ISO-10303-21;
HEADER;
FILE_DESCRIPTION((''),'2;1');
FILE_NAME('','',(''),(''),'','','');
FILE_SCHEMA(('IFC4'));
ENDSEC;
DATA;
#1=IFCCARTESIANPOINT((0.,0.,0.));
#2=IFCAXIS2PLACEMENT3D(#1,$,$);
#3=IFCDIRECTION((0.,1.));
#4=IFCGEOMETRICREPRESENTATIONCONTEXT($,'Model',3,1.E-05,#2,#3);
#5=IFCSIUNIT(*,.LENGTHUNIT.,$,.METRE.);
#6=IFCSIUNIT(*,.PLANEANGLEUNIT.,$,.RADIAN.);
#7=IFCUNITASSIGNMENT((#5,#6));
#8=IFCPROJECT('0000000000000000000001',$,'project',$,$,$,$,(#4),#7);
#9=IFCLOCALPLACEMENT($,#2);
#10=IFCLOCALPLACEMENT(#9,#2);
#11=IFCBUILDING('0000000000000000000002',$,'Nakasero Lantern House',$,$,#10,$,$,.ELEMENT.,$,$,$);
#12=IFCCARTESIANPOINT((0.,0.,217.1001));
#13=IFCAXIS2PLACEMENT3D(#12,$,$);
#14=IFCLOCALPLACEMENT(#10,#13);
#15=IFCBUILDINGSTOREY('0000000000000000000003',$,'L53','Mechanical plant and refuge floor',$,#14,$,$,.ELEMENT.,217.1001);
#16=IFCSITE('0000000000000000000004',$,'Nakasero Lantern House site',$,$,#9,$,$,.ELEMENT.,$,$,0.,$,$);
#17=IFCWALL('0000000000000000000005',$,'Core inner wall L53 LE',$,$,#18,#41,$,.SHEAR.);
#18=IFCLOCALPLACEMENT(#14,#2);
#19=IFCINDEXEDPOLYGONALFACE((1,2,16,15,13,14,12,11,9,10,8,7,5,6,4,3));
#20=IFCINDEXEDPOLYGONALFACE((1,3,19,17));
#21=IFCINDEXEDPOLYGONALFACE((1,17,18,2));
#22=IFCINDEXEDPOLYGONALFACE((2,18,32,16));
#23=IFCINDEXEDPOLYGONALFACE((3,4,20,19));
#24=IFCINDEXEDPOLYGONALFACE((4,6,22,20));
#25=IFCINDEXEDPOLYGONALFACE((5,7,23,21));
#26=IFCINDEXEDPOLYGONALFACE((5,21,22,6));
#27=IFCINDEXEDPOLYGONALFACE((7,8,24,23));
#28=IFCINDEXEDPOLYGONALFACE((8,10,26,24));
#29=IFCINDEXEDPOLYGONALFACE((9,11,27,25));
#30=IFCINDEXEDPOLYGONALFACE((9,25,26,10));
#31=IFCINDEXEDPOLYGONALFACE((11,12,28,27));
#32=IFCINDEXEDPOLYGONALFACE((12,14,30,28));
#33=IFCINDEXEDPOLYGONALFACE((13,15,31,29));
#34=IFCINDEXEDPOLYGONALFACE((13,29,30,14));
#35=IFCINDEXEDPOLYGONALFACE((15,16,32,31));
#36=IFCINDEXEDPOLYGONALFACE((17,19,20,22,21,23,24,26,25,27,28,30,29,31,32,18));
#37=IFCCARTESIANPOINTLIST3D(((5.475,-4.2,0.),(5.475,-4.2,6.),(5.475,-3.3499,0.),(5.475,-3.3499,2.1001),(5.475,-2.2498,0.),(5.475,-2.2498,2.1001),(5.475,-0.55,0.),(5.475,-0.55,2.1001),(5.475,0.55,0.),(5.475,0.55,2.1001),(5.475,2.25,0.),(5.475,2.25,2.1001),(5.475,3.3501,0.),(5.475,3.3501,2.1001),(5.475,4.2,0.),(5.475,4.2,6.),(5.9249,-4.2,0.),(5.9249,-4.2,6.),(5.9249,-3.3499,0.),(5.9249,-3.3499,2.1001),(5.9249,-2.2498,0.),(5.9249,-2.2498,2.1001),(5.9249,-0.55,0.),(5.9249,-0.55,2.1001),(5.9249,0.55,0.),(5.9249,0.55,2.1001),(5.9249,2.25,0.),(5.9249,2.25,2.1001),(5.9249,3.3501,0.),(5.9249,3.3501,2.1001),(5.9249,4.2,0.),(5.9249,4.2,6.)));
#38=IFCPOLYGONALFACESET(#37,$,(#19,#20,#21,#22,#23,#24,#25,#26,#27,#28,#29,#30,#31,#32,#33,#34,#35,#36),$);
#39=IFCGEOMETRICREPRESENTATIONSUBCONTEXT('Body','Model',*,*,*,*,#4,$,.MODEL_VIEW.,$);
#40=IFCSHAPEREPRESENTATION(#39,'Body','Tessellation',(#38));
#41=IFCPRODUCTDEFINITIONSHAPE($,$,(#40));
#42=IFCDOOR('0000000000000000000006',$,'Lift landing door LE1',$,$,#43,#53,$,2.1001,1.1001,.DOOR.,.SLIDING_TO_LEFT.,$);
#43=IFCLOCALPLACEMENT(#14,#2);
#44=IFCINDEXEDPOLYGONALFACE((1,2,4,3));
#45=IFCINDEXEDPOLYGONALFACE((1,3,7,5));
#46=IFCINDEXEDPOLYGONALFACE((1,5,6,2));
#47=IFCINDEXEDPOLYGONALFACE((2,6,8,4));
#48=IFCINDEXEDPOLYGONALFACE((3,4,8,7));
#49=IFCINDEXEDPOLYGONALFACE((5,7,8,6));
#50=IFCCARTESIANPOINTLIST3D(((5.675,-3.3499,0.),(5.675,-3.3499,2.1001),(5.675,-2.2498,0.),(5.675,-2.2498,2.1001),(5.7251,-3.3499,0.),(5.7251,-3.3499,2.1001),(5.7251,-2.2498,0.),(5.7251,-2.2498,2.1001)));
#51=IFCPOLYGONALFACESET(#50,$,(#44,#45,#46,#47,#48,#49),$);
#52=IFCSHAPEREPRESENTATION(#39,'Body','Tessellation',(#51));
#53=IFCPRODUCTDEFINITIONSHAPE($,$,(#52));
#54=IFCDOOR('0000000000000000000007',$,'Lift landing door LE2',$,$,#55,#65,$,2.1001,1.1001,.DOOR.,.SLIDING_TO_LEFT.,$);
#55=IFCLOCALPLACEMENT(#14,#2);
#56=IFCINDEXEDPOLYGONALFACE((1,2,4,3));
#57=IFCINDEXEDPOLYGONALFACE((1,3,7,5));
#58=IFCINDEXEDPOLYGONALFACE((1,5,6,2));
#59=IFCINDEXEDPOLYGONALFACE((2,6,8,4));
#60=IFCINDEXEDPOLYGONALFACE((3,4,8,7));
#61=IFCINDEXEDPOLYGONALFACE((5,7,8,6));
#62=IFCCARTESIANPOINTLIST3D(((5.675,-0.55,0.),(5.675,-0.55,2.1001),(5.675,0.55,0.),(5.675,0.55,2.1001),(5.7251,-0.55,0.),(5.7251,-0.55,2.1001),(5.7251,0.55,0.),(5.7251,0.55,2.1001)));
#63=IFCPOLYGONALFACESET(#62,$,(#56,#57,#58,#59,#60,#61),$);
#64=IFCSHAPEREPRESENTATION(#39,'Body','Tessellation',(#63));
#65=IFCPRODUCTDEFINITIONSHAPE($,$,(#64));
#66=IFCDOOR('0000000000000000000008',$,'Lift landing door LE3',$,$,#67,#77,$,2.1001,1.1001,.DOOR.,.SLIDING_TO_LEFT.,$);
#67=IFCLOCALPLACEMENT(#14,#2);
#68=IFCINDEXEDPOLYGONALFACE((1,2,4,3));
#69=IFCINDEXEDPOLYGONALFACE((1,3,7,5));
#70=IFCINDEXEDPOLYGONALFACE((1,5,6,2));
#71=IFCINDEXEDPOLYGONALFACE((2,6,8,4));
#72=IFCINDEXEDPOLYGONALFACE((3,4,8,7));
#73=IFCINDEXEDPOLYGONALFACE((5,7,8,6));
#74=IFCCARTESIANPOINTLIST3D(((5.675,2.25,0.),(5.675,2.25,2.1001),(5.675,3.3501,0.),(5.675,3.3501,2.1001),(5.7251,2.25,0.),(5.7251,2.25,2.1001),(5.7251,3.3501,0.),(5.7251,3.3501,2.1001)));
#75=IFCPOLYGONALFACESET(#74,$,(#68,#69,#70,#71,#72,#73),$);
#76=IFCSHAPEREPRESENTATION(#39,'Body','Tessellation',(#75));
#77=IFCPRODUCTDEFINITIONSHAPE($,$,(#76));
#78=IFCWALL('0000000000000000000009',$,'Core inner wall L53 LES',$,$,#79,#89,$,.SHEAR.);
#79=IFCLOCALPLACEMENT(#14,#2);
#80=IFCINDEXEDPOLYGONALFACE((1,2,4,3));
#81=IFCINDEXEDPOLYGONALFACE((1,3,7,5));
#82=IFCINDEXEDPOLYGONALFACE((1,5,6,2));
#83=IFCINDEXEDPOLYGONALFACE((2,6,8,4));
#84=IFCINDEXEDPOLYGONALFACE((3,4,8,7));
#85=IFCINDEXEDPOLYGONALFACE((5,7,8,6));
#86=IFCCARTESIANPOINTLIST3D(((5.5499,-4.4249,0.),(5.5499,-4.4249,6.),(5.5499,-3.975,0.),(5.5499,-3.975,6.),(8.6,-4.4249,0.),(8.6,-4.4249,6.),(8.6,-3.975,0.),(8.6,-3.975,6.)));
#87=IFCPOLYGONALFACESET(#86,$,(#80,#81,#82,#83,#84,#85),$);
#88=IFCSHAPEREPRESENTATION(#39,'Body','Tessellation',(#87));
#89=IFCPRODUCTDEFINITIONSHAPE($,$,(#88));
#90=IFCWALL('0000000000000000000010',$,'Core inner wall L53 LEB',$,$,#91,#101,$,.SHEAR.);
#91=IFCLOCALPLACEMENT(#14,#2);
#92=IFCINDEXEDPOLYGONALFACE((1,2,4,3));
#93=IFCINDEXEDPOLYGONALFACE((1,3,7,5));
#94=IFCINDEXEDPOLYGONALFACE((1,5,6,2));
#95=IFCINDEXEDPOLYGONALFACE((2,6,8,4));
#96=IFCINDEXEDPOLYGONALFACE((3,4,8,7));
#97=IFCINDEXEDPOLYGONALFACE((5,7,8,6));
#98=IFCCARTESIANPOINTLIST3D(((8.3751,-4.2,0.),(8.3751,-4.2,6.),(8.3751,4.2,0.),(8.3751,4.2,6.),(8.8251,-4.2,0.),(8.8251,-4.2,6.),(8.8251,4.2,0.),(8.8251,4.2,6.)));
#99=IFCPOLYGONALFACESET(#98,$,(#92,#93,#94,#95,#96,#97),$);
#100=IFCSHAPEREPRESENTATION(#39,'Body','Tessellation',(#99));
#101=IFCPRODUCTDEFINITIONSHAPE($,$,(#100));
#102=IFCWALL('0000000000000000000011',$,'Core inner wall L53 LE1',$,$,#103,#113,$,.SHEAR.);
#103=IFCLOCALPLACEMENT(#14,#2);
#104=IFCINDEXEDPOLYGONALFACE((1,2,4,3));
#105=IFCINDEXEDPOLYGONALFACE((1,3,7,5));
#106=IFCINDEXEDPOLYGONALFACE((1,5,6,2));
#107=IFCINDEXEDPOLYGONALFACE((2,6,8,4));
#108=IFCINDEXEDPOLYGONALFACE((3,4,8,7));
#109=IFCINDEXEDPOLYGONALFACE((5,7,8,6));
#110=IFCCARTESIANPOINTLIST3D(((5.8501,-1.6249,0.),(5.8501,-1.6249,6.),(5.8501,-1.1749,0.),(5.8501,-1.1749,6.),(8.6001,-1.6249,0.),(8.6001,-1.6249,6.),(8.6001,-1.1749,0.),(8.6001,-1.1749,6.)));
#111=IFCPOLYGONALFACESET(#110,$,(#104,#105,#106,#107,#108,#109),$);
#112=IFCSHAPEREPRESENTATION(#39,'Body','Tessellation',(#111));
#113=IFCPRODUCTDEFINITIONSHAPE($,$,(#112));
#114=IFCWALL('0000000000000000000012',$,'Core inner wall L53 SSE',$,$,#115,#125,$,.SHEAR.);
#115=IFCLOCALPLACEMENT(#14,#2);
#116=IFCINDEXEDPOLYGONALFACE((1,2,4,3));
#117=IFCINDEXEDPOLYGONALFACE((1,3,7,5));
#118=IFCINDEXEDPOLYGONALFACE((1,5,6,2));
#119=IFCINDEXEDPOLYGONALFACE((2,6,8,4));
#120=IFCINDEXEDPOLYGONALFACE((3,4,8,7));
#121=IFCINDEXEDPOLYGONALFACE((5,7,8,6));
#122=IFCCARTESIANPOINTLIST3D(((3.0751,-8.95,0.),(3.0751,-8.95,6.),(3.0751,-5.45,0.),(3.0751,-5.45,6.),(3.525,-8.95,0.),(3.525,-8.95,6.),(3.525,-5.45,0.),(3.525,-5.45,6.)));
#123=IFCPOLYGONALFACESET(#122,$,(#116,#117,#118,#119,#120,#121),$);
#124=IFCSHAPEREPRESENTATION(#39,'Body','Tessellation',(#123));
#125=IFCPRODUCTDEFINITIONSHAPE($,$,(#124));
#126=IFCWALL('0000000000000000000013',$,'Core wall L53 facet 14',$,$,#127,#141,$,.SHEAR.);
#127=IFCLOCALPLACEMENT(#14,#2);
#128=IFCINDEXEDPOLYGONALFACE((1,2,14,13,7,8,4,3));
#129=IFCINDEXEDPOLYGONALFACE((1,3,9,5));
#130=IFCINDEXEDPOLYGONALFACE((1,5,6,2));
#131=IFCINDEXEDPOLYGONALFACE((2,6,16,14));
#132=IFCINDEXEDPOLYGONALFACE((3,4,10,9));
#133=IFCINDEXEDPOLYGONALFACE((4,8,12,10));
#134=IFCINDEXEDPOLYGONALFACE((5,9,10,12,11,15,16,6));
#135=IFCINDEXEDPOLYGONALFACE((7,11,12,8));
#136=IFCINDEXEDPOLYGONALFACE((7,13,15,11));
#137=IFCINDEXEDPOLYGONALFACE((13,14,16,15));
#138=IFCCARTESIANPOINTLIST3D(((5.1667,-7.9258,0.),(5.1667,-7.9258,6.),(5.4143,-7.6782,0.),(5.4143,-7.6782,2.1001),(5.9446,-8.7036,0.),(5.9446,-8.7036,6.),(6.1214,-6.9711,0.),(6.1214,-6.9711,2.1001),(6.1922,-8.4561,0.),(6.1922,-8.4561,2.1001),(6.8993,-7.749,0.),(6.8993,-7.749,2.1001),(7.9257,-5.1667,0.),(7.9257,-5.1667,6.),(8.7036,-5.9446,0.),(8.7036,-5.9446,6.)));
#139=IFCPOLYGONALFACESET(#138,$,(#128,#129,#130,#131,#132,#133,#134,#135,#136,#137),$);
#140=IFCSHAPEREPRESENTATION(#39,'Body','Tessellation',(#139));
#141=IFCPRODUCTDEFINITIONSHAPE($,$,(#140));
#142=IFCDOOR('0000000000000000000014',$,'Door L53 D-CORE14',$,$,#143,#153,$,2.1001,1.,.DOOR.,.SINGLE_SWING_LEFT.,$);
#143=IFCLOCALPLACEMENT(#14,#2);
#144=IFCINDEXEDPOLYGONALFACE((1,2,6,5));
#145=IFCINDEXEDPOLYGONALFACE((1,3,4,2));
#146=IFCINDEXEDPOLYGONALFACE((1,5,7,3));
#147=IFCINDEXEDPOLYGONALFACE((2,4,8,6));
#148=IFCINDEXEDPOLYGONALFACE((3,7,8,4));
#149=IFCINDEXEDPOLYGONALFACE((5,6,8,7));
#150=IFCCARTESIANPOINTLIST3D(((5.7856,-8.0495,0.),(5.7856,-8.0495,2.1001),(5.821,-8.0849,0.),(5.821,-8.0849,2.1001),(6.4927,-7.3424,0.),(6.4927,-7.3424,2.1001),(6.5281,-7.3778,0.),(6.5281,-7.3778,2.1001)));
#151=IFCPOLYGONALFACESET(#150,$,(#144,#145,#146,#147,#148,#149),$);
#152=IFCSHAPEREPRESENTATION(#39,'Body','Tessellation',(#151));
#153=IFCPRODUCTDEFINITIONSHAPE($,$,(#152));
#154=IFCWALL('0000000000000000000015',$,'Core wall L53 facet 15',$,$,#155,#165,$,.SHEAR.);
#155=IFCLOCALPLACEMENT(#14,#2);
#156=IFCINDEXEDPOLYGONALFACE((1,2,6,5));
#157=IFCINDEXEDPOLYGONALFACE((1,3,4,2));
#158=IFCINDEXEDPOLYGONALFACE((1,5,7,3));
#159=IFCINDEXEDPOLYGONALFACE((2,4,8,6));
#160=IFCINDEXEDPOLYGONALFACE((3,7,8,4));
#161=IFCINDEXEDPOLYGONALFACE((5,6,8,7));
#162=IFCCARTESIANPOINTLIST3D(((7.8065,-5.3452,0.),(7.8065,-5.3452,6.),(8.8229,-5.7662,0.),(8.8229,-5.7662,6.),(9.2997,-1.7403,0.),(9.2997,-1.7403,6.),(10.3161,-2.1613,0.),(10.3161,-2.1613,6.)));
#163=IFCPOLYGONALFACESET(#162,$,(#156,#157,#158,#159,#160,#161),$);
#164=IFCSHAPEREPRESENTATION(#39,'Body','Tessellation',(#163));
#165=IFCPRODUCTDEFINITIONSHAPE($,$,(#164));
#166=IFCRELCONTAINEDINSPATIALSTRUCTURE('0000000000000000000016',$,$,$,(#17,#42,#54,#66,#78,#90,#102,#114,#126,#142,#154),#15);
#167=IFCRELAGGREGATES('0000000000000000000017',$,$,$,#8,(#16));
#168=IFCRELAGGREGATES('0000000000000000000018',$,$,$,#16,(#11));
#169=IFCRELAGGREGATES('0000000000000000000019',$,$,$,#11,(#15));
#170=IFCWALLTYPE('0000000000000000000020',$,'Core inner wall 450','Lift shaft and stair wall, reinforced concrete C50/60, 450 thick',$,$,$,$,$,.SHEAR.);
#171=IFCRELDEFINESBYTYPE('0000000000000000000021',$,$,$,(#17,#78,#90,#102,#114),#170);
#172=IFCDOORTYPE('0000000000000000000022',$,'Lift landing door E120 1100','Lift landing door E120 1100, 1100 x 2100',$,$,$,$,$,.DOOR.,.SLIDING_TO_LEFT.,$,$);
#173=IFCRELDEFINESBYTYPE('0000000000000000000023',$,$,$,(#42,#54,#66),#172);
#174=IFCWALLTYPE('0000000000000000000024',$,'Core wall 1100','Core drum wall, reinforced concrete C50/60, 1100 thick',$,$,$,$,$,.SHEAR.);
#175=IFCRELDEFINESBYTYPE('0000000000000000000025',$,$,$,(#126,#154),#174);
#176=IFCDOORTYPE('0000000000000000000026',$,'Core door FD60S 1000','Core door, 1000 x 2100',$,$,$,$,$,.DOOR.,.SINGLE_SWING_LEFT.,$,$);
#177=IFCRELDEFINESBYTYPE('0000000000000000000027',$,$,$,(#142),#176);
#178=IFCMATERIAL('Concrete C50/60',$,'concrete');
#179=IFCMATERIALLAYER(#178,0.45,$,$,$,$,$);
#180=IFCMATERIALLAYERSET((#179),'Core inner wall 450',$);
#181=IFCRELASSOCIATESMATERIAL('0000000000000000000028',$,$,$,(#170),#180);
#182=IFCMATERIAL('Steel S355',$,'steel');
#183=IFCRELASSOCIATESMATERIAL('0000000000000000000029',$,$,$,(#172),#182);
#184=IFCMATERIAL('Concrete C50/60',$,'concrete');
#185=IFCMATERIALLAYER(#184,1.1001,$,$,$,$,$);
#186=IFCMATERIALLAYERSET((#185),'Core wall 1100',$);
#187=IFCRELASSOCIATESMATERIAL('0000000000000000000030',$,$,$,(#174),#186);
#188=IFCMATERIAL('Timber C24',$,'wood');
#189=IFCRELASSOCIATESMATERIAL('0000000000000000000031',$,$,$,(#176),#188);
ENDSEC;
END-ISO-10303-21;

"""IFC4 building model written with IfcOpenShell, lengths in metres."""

from ifc_helpers import new_model, si_unit, direction, frame, frame_2d, origin, place, context, subcontext, project, spatial, rectangle, extrude, material, layer, layer_set, type_object, element, fill, save


model = new_model("IFC4")

# Units and contexts
model_context = context("Model", 3, precision=1e-05, world=origin(), true_north=direction((0.0, 1.0)))
body_context = subcontext(model_context, "Body", "Model", "MODEL_VIEW")
ifc_project = project(units=[si_unit("LENGTHUNIT", "METRE"), si_unit("PLANEANGLEUNIT", "RADIAN")], contexts=[model_context])

# Site, building, storey
site_placement = place(None, origin())
site = spatial("IfcSite", under=ifc_project, at=site_placement, Name="Nakasero Lantern House site", CompositionType="ELEMENT", RefElevation=0.0)
building_placement = place(site_placement, origin())
building = spatial("IfcBuilding", under=site, at=building_placement, Name="Nakasero Lantern House", CompositionType="ELEMENT")
storey_placement = place(building_placement, frame((0.0, 0.0, 217.1001)))
storey = spatial("IfcBuildingStorey", under=building, at=storey_placement, Name="L53", Description="Mechanical plant and refuge floor", CompositionType="ELEMENT", Elevation=217.1001)

# Wall, openings, doors
ifc_material_1 = material(Name="Concrete C50/60", Category="concrete")
ifc_layer_1 = layer(ifc_material_1, 0.45)
ifc_layer_set_1 = layer_set([ifc_layer_1], Name="Core inner wall 450")
wall_type_1 = type_object("IfcWallType", Name="Core inner wall 450", Description="Lift shaft and stair wall, reinforced concrete C50/60, 450 thick", PredefinedType="SHEAR", material=ifc_layer_set_1)
wall_1_placement = place(storey_placement, frame((5.7, -4.2, 0.0), z_axis=(0.0, 0.0, 1.0), x_axis=(0.0, 1.0, 0.0)))
wall_1 = element("IfcWall", 1, at=wall_1_placement, inside=storey, type_object=wall_type_1, Name="Core inner wall L53 LE", PredefinedType="SHEAR", context=body_context, shape_type="SweptSolid", body=[
    extrude(rectangle(XDim=8.3999, YDim=0.45, at=frame_2d((4.2, 0.0))), origin(), (0.0, 0.0, 1.0), 6.0),
])
opening_1_placement = place(wall_1_placement, frame((0.8501, 0.0, 0.0)))
opening_1 = element("IfcOpeningElement", 2, at=opening_1_placement, cuts=wall_1, PredefinedType="OPENING", context=body_context, shape_type="SweptSolid", body=[
    extrude(rectangle(XDim=1.1001, YDim=2.1001, at=frame_2d((0.55, 1.05))), frame((0.0, 0.2449, 0.0), z_axis=(0.0, -1.0, 0.0), x_axis=(1.0, 0.0, 0.0)), (0.0, 0.0, 1.0), 0.49),
])
opening_2_placement = place(wall_1_placement, frame((3.6499, 0.0, 0.0)))
opening_2 = element("IfcOpeningElement", 3, at=opening_2_placement, cuts=wall_1, PredefinedType="OPENING", context=body_context, shape_type="SweptSolid", body=[
    extrude(rectangle(XDim=1.1001, YDim=2.1001, at=frame_2d((0.55, 1.05))), frame((0.0, 0.2449, 0.0), z_axis=(0.0, -1.0, 0.0), x_axis=(1.0, 0.0, 0.0)), (0.0, 0.0, 1.0), 0.49),
])
opening_3_placement = place(wall_1_placement, frame((6.45, 0.0, 0.0)))
opening_3 = element("IfcOpeningElement", 4, at=opening_3_placement, cuts=wall_1, PredefinedType="OPENING", context=body_context, shape_type="SweptSolid", body=[
    extrude(rectangle(XDim=1.1001, YDim=2.1001, at=frame_2d((0.55, 1.05))), frame((0.0, 0.2449, 0.0), z_axis=(0.0, -1.0, 0.0), x_axis=(1.0, 0.0, 0.0)), (0.0, 0.0, 1.0), 0.49),
])
ifc_material_2 = material(Name="Steel S355", Category="steel")
door_type_1 = type_object("IfcDoorType", Name="Lift landing door E120 1100", Description="Lift landing door E120 1100, 1100 x 2100", OperationType="SLIDING_TO_LEFT", PredefinedType="DOOR", material=ifc_material_2)
door_1_placement = place(opening_1_placement, origin())
door_1 = element("IfcDoor", 5, at=door_1_placement, inside=storey, type_object=door_type_1, Name="Lift landing door LE1", OperationType="SLIDING_TO_LEFT", OverallHeight=2.1001, OverallWidth=1.1001, PredefinedType="DOOR", context=body_context, shape_type="SweptSolid", body=[
    extrude(rectangle(XDim=1.1001, YDim=2.1001, at=frame_2d((0.55, 1.05))), frame((0.0, 0.0249, 0.0), z_axis=(0.0, -1.0, 0.0), x_axis=(1.0, 0.0, 0.0)), (0.0, 0.0, 1.0), 0.05),
])
fill(opening_1, door_1)
door_2_placement = place(opening_2_placement, origin())
door_2 = element("IfcDoor", 6, at=door_2_placement, inside=storey, type_object=door_type_1, Name="Lift landing door LE2", OperationType="SLIDING_TO_LEFT", OverallHeight=2.1001, OverallWidth=1.1001, PredefinedType="DOOR", context=body_context, shape_type="SweptSolid", body=[
    extrude(rectangle(XDim=1.1001, YDim=2.1001, at=frame_2d((0.55, 1.05))), frame((0.0, 0.0249, 0.0), z_axis=(0.0, -1.0, 0.0), x_axis=(1.0, 0.0, 0.0)), (0.0, 0.0, 1.0), 0.05),
])
fill(opening_2, door_2)
door_3_placement = place(opening_3_placement, origin())
door_3 = element("IfcDoor", 7, at=door_3_placement, inside=storey, type_object=door_type_1, Name="Lift landing door LE3", OperationType="SLIDING_TO_LEFT", OverallHeight=2.1001, OverallWidth=1.1001, PredefinedType="DOOR", context=body_context, shape_type="SweptSolid", body=[
    extrude(rectangle(XDim=1.1001, YDim=2.1001, at=frame_2d((0.55, 1.05))), frame((0.0, 0.0249, 0.0), z_axis=(0.0, -1.0, 0.0), x_axis=(1.0, 0.0, 0.0)), (0.0, 0.0, 1.0), 0.05),
])
fill(opening_3, door_3)

# Walls
wall_2_placement = place(storey_placement, frame((5.55, -4.2, 0.0), z_axis=(0.0, 0.0, 1.0), x_axis=(1.0, 0.0, 0.0)))
element("IfcWall", 8, at=wall_2_placement, inside=storey, type_object=wall_type_1, Name="Core inner wall L53 LES", PredefinedType="SHEAR", context=body_context, shape_type="SweptSolid", body=[
    extrude(rectangle(XDim=3.05, YDim=0.45, at=frame_2d((1.5249, 0.0))), origin(), (0.0, 0.0, 1.0), 6.0),
])
wall_3_placement = place(storey_placement, frame((8.6001, -4.2, 0.0), z_axis=(0.0, 0.0, 1.0), x_axis=(0.0, 1.0, 0.0)))
element("IfcWall", 9, at=wall_3_placement, inside=storey, type_object=wall_type_1, Name="Core inner wall L53 LEB", PredefinedType="SHEAR", context=body_context, shape_type="SweptSolid", body=[
    extrude(rectangle(XDim=8.3999, YDim=0.45, at=frame_2d((4.2, 0.0))), origin(), (0.0, 0.0, 1.0), 6.0),
])
wall_4_placement = place(storey_placement, frame((5.8501, -1.3999, 0.0), z_axis=(0.0, 0.0, 1.0), x_axis=(1.0, 0.0, 0.0)))
element("IfcWall", 10, at=wall_4_placement, inside=storey, type_object=wall_type_1, Name="Core inner wall L53 LE1", PredefinedType="SHEAR", context=body_context, shape_type="SweptSolid", body=[
    extrude(rectangle(XDim=2.75, YDim=0.45, at=frame_2d((1.375, 0.0))), origin(), (0.0, 0.0, 1.0), 6.0),
])
wall_5_placement = place(storey_placement, frame((3.3, -5.45, 0.0), z_axis=(0.0, 0.0, 1.0), x_axis=(0.0, -1.0, 0.0)))
element("IfcWall", 11, at=wall_5_placement, inside=storey, type_object=wall_type_1, Name="Core inner wall L53 SSE", PredefinedType="SHEAR", context=body_context, shape_type="SweptSolid", body=[
    extrude(rectangle(XDim=3.5, YDim=0.45, at=frame_2d((1.75, 0.0))), origin(), (0.0, 0.0, 1.0), 6.0),
])

# Wall, opening, door
ifc_material_3 = material(Name="Concrete C50/60", Category="concrete")
ifc_layer_2 = layer(ifc_material_3, 1.1001)
ifc_layer_set_2 = layer_set([ifc_layer_2], Name="Core wall 1100")
wall_type_2 = type_object("IfcWallType", Name="Core wall 1100", Description="Core drum wall, reinforced concrete C50/60, 1100 thick", PredefinedType="SHEAR", material=ifc_layer_set_2)
wall_6_placement = place(storey_placement, frame((5.5557, -8.3147, 0.0), z_axis=(0.0, 0.0, 1.0), x_axis=(0.707107, 0.707107, 0.0)))
wall_6 = element("IfcWall", 12, at=wall_6_placement, inside=storey, type_object=wall_type_2, Name="Core wall L53 facet 14", PredefinedType="SHEAR", context=body_context, shape_type="SweptSolid", body=[
    extrude(rectangle(XDim=3.9019, YDim=1.1001, at=frame_2d((1.9509, 0.0))), origin(), (0.0, 0.0, 1.0), 6.0),
])
opening_4_placement = place(wall_6_placement, frame((0.3501, 0.0, 0.0)))
opening_4 = element("IfcOpeningElement", 13, at=opening_4_placement, cuts=wall_6, PredefinedType="OPENING", context=body_context, shape_type="SweptSolid", body=[
    extrude(rectangle(XDim=1.0, YDim=2.1001, at=frame_2d((0.5, 1.05))), frame((0.0, 0.5701, 0.0), z_axis=(0.0, -1.0, 0.0), x_axis=(1.0, 0.0, 0.0)), (0.0, 0.0, 1.0), 1.1401),
])
ifc_material_4 = material(Name="Timber C24", Category="wood")
door_type_2 = type_object("IfcDoorType", Name="Core door FD60S 1000", Description="Core door, 1000 x 2100", OperationType="SINGLE_SWING_LEFT", PredefinedType="DOOR", material=ifc_material_4)
door_4_placement = place(opening_4_placement, origin())
door_4 = element("IfcDoor", 14, at=door_4_placement, inside=storey, type_object=door_type_2, Name="Door L53 D-CORE14", OperationType="SINGLE_SWING_LEFT", OverallHeight=2.1001, OverallWidth=1.0, PredefinedType="DOOR", context=body_context, shape_type="SweptSolid", body=[
    extrude(rectangle(XDim=1.0, YDim=2.1001, at=frame_2d((0.5, 1.05))), frame((0.0, 0.0249, 0.0), z_axis=(0.0, -1.0, 0.0), x_axis=(1.0, 0.0, 0.0)), (0.0, 0.0, 1.0), 0.05),
])
fill(opening_4, door_4)

# Wall
wall_7_placement = place(storey_placement, frame((8.3147, -5.5557, 0.0), z_axis=(0.0, 0.0, 1.0), x_axis=(0.382691, 0.923877, 0.0)))
element("IfcWall", 15, at=wall_7_placement, inside=storey, type_object=wall_type_2, Name="Core wall L53 facet 15", PredefinedType="SHEAR", context=body_context, shape_type="SweptSolid", body=[
    extrude(rectangle(XDim=3.9019, YDim=1.1001, at=frame_2d((1.9509, 0.0))), origin(), (0.0, 0.0, 1.0), 6.0),
])

save(model, "model.ifc")
